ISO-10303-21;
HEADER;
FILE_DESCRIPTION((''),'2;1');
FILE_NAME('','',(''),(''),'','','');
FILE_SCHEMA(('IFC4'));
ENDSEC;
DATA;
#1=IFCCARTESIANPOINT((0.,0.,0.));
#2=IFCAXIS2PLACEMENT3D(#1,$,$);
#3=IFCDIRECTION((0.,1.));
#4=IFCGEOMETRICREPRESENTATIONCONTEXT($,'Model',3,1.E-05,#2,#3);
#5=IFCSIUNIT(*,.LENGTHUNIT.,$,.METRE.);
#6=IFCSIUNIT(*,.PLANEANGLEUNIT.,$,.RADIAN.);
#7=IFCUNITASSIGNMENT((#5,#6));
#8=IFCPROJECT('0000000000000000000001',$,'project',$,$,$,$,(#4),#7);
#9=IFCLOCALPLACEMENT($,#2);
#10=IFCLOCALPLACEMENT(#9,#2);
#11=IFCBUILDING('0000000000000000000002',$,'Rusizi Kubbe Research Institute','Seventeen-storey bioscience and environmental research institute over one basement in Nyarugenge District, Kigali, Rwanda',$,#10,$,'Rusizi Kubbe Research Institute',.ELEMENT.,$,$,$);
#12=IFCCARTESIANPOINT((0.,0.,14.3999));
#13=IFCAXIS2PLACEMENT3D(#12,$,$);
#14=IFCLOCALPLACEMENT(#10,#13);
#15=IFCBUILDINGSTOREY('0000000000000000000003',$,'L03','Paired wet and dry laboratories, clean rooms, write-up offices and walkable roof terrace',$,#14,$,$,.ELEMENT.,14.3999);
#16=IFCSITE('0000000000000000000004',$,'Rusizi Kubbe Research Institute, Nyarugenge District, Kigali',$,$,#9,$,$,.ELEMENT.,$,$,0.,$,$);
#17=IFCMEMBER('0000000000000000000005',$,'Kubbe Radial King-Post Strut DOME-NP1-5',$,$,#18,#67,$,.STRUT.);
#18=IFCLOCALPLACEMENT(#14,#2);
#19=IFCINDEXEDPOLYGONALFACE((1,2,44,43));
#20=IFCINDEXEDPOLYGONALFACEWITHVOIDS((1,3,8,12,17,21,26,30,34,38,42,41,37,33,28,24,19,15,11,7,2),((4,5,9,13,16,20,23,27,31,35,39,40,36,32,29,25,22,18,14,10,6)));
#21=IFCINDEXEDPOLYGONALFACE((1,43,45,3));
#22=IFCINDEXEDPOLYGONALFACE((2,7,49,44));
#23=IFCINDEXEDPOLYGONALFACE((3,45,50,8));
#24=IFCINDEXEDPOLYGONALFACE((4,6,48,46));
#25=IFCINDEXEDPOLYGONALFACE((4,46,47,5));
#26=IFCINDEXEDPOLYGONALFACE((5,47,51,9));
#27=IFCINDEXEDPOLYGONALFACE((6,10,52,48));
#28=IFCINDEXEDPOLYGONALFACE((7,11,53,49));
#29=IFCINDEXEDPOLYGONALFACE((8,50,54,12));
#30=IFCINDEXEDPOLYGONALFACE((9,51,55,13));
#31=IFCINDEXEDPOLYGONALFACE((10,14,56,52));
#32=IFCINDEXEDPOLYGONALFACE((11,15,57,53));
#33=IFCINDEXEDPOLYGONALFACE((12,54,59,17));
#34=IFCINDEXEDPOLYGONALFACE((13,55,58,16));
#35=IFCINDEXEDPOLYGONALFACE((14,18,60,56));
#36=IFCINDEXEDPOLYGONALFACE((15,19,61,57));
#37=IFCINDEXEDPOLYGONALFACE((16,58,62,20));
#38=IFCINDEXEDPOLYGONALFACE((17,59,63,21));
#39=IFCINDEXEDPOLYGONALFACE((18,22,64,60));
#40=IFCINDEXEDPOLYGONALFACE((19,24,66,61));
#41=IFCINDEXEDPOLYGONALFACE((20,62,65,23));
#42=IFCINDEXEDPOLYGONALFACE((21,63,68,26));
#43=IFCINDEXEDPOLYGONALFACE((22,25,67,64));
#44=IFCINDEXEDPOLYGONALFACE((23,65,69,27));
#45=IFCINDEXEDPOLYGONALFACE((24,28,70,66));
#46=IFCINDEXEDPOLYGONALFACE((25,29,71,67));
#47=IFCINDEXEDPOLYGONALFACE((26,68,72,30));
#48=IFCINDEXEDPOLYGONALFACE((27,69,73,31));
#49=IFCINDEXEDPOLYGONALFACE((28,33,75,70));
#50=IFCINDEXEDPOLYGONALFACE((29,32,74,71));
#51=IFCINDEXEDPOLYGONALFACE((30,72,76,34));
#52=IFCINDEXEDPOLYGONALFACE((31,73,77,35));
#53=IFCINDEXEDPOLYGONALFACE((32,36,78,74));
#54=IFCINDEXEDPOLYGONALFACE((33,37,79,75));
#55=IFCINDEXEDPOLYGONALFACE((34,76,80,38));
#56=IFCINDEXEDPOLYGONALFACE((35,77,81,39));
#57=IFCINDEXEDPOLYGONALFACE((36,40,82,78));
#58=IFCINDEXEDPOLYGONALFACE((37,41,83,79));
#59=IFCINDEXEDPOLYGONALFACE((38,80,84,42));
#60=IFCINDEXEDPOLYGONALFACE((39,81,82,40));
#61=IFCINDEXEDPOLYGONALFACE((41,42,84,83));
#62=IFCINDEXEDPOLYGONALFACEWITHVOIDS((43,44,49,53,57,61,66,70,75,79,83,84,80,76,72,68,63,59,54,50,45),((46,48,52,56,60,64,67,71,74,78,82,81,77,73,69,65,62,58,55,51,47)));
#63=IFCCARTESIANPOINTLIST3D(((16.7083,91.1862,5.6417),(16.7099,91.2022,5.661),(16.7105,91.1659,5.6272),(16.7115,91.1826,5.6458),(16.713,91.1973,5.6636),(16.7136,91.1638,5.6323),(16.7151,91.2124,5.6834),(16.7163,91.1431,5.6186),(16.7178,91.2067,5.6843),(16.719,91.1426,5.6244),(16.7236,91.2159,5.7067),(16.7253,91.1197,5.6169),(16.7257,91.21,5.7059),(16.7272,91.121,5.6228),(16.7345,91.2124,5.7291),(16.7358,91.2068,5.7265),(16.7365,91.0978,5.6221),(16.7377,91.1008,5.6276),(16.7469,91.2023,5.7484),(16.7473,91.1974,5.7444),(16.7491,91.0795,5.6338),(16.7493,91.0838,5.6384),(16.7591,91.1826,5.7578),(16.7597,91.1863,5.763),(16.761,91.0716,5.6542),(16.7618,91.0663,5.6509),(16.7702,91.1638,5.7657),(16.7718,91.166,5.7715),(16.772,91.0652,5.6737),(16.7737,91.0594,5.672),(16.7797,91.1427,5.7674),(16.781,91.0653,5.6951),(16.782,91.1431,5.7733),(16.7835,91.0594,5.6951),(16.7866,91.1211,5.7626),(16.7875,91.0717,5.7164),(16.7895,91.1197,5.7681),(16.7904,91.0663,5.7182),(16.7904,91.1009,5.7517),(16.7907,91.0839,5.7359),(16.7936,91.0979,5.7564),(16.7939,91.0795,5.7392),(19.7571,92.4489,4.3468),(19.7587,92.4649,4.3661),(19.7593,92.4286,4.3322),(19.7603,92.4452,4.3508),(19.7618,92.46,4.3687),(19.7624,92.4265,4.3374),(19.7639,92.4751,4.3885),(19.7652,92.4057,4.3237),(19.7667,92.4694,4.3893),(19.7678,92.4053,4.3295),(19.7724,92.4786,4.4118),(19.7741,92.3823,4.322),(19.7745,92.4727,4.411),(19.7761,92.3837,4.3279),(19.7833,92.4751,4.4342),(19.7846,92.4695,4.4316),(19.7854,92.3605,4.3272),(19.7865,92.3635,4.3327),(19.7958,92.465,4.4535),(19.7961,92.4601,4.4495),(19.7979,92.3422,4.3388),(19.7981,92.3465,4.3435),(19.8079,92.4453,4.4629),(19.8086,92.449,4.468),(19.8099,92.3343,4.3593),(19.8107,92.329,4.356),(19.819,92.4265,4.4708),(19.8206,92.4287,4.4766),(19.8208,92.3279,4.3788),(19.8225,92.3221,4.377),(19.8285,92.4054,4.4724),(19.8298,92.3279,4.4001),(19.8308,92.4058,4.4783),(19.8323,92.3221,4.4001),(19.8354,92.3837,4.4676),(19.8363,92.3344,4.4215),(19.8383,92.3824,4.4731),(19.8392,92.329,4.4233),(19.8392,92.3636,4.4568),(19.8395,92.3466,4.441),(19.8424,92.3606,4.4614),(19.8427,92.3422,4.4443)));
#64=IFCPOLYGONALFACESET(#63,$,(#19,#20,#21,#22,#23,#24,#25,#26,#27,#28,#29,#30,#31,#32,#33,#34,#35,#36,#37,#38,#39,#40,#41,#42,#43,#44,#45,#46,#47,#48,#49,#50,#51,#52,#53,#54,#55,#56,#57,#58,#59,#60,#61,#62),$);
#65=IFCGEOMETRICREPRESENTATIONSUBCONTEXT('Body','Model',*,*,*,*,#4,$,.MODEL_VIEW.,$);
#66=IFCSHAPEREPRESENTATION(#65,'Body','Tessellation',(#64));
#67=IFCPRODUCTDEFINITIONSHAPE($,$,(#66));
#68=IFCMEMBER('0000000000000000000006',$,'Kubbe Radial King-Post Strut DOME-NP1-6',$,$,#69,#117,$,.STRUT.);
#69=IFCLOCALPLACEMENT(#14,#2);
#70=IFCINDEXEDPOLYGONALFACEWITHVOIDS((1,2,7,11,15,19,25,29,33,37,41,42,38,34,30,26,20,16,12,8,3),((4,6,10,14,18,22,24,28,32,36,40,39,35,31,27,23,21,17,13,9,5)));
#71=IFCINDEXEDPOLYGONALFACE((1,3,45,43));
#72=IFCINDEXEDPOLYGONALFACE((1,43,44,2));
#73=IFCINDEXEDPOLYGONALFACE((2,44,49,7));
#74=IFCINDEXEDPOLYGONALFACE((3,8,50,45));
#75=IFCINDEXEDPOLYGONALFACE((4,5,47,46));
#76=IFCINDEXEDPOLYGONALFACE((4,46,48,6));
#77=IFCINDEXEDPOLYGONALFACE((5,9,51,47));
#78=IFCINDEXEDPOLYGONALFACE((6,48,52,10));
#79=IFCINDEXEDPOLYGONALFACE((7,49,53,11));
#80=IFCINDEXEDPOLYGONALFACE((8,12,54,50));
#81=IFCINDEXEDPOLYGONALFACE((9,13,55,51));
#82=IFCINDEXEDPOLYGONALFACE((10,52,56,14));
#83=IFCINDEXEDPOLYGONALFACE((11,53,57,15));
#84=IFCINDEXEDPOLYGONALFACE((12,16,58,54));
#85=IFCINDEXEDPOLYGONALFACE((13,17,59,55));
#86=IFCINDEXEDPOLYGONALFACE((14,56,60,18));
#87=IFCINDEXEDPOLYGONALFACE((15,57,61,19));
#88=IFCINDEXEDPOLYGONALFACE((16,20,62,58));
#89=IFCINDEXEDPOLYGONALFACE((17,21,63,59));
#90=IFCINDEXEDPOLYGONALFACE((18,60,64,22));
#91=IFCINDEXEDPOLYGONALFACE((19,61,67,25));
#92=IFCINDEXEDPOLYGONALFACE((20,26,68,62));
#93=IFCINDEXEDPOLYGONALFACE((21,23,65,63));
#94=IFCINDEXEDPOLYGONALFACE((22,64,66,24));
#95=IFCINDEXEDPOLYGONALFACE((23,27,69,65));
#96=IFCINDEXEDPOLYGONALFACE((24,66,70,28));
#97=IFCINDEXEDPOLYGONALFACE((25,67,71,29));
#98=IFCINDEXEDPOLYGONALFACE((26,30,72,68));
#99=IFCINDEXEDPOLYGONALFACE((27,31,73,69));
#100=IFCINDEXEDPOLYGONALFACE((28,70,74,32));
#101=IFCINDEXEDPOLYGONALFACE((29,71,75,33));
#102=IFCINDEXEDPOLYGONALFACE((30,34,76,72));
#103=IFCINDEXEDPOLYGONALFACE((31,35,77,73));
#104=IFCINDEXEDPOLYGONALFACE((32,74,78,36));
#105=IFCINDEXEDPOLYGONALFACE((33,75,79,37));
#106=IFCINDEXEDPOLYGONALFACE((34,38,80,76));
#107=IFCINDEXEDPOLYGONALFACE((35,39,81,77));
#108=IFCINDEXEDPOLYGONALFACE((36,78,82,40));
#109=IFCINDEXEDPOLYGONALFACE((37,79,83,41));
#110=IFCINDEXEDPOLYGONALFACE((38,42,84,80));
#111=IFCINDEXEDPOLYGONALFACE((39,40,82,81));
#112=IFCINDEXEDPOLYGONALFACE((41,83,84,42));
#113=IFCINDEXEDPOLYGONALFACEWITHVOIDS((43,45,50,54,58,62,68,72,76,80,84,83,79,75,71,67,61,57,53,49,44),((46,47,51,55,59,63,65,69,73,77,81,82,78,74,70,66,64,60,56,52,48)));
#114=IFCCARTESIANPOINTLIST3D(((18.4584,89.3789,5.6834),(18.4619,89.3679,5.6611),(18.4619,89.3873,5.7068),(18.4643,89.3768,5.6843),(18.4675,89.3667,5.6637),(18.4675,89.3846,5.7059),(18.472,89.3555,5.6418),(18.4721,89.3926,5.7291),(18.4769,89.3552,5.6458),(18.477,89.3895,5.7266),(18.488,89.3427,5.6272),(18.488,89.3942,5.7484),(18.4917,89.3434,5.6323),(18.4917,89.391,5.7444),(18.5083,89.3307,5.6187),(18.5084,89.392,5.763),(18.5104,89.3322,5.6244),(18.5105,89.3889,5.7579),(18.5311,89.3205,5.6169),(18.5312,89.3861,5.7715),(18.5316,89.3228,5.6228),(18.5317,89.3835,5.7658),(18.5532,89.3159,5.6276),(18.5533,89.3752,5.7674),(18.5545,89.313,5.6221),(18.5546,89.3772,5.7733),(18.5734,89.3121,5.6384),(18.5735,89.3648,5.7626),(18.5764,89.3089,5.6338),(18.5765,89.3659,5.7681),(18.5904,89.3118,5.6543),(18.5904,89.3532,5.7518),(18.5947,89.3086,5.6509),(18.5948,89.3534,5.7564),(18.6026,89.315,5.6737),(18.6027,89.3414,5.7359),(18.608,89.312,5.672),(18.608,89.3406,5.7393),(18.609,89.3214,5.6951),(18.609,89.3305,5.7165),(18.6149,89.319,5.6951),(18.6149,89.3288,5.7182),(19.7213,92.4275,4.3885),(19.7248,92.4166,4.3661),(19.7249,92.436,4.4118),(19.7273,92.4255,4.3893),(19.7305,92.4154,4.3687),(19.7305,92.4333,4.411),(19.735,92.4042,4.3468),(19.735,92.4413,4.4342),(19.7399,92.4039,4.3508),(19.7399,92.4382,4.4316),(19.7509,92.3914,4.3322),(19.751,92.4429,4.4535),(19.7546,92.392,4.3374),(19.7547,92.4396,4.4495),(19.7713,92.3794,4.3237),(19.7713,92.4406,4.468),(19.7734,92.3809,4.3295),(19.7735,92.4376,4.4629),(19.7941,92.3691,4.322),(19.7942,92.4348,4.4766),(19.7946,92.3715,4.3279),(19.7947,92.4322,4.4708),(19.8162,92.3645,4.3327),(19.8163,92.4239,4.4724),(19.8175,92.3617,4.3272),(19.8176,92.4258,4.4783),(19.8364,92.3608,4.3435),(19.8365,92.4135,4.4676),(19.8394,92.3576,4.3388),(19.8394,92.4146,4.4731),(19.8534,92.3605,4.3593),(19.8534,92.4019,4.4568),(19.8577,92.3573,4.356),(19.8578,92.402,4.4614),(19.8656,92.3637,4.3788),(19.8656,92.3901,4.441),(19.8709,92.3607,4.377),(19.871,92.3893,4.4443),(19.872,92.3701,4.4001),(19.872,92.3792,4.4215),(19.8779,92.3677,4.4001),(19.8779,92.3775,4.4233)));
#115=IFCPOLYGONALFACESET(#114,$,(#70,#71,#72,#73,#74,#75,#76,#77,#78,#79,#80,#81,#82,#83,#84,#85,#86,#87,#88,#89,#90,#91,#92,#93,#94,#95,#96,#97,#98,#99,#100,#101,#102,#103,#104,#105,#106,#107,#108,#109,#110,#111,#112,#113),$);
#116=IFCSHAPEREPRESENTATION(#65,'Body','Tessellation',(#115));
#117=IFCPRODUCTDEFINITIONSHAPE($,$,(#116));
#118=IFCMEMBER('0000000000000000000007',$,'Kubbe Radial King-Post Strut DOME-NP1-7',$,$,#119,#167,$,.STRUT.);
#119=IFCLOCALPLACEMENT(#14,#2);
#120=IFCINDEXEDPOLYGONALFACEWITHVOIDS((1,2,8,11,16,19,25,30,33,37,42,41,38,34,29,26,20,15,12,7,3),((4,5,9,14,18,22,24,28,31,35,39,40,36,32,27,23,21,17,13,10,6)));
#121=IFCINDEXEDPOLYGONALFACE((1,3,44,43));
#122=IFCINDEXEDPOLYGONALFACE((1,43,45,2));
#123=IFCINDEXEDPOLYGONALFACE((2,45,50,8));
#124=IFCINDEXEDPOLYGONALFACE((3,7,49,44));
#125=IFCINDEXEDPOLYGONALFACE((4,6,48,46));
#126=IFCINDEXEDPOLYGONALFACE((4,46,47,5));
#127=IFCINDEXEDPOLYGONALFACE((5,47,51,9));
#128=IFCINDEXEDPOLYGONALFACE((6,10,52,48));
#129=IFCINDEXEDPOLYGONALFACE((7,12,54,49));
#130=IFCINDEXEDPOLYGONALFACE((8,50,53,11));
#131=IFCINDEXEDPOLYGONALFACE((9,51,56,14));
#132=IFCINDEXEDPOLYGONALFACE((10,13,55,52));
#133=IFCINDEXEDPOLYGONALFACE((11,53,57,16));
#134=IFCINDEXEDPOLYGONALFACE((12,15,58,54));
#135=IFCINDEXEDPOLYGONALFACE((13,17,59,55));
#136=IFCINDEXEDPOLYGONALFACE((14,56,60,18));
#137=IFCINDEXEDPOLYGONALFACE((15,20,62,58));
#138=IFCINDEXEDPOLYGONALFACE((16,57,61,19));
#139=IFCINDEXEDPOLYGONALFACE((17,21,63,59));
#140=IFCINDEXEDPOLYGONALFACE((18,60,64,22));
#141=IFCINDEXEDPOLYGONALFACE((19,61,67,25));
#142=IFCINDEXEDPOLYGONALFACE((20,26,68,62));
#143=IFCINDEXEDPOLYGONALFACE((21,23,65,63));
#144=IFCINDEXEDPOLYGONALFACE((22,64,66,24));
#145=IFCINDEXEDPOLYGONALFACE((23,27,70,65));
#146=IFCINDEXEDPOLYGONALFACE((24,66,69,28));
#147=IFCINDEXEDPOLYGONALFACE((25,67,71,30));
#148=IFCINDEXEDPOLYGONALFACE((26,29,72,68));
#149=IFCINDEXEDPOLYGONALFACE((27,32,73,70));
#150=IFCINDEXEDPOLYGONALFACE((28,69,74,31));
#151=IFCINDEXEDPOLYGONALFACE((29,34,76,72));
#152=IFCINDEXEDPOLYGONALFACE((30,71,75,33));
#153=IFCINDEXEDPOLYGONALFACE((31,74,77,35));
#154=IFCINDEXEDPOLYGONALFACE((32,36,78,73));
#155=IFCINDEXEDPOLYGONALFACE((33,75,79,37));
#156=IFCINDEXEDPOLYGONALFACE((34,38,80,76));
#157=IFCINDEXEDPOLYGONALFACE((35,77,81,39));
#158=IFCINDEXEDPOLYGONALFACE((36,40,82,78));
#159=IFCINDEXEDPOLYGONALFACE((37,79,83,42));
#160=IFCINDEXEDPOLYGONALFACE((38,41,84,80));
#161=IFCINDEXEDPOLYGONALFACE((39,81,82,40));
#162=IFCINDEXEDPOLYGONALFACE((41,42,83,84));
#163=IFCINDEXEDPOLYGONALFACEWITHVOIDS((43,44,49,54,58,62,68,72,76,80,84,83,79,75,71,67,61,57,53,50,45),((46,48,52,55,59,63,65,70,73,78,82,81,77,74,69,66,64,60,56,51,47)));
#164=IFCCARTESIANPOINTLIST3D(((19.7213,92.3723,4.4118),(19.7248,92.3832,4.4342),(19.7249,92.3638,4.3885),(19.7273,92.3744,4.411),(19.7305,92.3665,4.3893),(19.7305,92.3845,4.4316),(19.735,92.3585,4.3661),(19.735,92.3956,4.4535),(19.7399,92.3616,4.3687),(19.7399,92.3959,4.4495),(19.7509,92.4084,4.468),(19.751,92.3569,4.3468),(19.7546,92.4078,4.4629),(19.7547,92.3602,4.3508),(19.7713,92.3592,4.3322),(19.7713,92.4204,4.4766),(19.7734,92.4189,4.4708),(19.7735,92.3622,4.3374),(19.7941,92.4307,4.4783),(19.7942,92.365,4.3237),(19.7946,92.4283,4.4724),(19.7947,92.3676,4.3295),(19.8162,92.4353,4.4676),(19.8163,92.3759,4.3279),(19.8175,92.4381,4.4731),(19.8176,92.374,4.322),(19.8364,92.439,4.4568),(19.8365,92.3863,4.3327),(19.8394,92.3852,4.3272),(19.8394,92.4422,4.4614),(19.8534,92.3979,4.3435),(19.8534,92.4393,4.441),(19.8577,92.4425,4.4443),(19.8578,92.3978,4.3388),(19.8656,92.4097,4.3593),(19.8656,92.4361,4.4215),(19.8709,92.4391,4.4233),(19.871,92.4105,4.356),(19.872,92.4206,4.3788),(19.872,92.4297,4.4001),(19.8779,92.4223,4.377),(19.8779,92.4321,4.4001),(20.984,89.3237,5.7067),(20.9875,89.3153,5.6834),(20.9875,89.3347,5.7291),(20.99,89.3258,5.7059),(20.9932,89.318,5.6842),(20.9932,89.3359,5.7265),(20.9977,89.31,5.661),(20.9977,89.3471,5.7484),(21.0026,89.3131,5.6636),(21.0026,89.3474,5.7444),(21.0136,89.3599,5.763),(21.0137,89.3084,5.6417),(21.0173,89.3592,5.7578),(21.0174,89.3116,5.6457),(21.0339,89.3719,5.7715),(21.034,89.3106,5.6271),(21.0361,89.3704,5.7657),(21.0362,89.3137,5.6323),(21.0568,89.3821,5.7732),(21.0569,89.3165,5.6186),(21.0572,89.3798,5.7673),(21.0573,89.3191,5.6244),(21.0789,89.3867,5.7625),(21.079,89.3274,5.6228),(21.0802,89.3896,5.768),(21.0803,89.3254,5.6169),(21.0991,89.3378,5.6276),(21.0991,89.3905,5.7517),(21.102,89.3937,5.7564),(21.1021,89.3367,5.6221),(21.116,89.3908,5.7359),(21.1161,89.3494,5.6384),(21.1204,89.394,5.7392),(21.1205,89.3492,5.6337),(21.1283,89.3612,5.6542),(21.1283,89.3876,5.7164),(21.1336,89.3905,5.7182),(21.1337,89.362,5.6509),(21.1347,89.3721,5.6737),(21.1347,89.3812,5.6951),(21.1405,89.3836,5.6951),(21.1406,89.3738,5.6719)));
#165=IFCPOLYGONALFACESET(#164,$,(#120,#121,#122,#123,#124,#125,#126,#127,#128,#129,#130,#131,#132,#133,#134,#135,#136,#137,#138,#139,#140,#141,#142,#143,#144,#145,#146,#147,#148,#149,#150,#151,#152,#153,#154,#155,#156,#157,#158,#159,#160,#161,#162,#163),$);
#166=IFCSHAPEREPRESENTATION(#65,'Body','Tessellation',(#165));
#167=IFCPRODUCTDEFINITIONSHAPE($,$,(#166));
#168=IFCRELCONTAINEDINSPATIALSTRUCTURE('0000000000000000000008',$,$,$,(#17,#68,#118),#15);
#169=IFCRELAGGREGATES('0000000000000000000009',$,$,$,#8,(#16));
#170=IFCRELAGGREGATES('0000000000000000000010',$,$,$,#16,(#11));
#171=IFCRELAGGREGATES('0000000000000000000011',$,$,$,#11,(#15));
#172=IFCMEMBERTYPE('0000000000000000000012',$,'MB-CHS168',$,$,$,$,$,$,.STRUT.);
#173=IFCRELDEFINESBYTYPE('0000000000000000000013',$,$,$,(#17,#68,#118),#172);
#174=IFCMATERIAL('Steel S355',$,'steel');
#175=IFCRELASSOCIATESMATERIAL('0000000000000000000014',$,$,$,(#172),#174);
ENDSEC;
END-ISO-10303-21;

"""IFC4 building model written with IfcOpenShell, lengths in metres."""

from ifc_helpers import new_model, si_unit, direction, frame, origin, origin_2d, place, context, subcontext, project, spatial, hollow_circle, extrude, material, material_profile, profile_set, type_object, element, save


model = new_model("IFC4")

# Units and contexts
model_context = context("Model", 3, precision=1e-05, world=origin(), true_north=direction((0.0, 1.0)))
body_context = subcontext(model_context, "Body", "Model", "MODEL_VIEW")
ifc_project = project(units=[si_unit("LENGTHUNIT", "METRE"), si_unit("PLANEANGLEUNIT", "RADIAN")], contexts=[model_context])

# Site, building, storey
site_placement = place(None, origin())
site = spatial("IfcSite", under=ifc_project, at=site_placement, Name="Rusizi Kubbe Research Institute, Nyarugenge District, Kigali", CompositionType="ELEMENT", RefElevation=0.0)
building_placement = place(site_placement, origin())
building = spatial("IfcBuilding", under=site, at=building_placement, Name="Rusizi Kubbe Research Institute", Description="Seventeen-storey bioscience and environmental research institute over one basement in Nyarugenge District, Kigali, Rwanda", LongName="Rusizi Kubbe Research Institute", CompositionType="ELEMENT")
storey_placement = place(building_placement, frame((0.0, 0.0, 14.3999)))
storey = spatial("IfcBuildingStorey", under=building, at=storey_placement, Name="L03", Description="Paired wet and dry laboratories, clean rooms, write-up offices and walkable roof terrace", CompositionType="ELEMENT", Elevation=14.3999)

# Members
ifc_material_1 = material(Name="Steel S355", Category="steel")
ifc_material_profile_1 = material_profile(ifc_material_1, hollow_circle(Radius=0.0842, WallThickness=0.0063, at=origin_2d()), Name="CHS 168.3x6.3")
ifc_profile_set_1 = profile_set([ifc_material_profile_1], Name="Steel S355")
member_type_1 = type_object("IfcMemberType", Name="MB-CHS168", PredefinedType="STRUT", material=ifc_profile_set_1)
for number, where, z_axis, x_axis, name in (
    (1, (19.8, 92.3999, 4.4001), (-0.860052, -0.356197, 0.365288), (0.382639, -0.923898, 0.0), "Kubbe Radial King-Post Strut DOME-NP1-5"),
    (2, (19.8, 92.3999, 4.4001), (-0.356278, -0.860013, 0.3653), (0.923861, -0.382729, 0.0), "Kubbe Radial King-Post Strut DOME-NP1-6"),
):
    element("IfcMember", number, at=place(storey_placement, frame(where, z_axis=z_axis, x_axis=x_axis)), inside=storey, type_object=member_type_1, Name=name, PredefinedType="STRUT", context=body_context, shape_type="SweptSolid", body=[
        extrude(hollow_circle(Radius=0.0842, WallThickness=0.0063, at=origin_2d()), origin(), (0.0, 0.0, 1.0), 3.5449),
    ])
member_1_placement = place(storey_placement, frame((19.8, 92.3999, 4.4001), z_axis=(0.356218, -0.860034, 0.365309), x_axis=(0.923887, 0.382665, 0.0)))
element("IfcMember", 3, at=member_1_placement, inside=storey, type_object=member_type_1, Name="Kubbe Radial King-Post Strut DOME-NP1-7", PredefinedType="STRUT", context=body_context, shape_type="SweptSolid", body=[
    extrude(hollow_circle(Radius=0.0842, WallThickness=0.0063, at=origin_2d()), origin(), (0.0, 0.0, 1.0), 3.5447),
])

save(model, "model.ifc")
